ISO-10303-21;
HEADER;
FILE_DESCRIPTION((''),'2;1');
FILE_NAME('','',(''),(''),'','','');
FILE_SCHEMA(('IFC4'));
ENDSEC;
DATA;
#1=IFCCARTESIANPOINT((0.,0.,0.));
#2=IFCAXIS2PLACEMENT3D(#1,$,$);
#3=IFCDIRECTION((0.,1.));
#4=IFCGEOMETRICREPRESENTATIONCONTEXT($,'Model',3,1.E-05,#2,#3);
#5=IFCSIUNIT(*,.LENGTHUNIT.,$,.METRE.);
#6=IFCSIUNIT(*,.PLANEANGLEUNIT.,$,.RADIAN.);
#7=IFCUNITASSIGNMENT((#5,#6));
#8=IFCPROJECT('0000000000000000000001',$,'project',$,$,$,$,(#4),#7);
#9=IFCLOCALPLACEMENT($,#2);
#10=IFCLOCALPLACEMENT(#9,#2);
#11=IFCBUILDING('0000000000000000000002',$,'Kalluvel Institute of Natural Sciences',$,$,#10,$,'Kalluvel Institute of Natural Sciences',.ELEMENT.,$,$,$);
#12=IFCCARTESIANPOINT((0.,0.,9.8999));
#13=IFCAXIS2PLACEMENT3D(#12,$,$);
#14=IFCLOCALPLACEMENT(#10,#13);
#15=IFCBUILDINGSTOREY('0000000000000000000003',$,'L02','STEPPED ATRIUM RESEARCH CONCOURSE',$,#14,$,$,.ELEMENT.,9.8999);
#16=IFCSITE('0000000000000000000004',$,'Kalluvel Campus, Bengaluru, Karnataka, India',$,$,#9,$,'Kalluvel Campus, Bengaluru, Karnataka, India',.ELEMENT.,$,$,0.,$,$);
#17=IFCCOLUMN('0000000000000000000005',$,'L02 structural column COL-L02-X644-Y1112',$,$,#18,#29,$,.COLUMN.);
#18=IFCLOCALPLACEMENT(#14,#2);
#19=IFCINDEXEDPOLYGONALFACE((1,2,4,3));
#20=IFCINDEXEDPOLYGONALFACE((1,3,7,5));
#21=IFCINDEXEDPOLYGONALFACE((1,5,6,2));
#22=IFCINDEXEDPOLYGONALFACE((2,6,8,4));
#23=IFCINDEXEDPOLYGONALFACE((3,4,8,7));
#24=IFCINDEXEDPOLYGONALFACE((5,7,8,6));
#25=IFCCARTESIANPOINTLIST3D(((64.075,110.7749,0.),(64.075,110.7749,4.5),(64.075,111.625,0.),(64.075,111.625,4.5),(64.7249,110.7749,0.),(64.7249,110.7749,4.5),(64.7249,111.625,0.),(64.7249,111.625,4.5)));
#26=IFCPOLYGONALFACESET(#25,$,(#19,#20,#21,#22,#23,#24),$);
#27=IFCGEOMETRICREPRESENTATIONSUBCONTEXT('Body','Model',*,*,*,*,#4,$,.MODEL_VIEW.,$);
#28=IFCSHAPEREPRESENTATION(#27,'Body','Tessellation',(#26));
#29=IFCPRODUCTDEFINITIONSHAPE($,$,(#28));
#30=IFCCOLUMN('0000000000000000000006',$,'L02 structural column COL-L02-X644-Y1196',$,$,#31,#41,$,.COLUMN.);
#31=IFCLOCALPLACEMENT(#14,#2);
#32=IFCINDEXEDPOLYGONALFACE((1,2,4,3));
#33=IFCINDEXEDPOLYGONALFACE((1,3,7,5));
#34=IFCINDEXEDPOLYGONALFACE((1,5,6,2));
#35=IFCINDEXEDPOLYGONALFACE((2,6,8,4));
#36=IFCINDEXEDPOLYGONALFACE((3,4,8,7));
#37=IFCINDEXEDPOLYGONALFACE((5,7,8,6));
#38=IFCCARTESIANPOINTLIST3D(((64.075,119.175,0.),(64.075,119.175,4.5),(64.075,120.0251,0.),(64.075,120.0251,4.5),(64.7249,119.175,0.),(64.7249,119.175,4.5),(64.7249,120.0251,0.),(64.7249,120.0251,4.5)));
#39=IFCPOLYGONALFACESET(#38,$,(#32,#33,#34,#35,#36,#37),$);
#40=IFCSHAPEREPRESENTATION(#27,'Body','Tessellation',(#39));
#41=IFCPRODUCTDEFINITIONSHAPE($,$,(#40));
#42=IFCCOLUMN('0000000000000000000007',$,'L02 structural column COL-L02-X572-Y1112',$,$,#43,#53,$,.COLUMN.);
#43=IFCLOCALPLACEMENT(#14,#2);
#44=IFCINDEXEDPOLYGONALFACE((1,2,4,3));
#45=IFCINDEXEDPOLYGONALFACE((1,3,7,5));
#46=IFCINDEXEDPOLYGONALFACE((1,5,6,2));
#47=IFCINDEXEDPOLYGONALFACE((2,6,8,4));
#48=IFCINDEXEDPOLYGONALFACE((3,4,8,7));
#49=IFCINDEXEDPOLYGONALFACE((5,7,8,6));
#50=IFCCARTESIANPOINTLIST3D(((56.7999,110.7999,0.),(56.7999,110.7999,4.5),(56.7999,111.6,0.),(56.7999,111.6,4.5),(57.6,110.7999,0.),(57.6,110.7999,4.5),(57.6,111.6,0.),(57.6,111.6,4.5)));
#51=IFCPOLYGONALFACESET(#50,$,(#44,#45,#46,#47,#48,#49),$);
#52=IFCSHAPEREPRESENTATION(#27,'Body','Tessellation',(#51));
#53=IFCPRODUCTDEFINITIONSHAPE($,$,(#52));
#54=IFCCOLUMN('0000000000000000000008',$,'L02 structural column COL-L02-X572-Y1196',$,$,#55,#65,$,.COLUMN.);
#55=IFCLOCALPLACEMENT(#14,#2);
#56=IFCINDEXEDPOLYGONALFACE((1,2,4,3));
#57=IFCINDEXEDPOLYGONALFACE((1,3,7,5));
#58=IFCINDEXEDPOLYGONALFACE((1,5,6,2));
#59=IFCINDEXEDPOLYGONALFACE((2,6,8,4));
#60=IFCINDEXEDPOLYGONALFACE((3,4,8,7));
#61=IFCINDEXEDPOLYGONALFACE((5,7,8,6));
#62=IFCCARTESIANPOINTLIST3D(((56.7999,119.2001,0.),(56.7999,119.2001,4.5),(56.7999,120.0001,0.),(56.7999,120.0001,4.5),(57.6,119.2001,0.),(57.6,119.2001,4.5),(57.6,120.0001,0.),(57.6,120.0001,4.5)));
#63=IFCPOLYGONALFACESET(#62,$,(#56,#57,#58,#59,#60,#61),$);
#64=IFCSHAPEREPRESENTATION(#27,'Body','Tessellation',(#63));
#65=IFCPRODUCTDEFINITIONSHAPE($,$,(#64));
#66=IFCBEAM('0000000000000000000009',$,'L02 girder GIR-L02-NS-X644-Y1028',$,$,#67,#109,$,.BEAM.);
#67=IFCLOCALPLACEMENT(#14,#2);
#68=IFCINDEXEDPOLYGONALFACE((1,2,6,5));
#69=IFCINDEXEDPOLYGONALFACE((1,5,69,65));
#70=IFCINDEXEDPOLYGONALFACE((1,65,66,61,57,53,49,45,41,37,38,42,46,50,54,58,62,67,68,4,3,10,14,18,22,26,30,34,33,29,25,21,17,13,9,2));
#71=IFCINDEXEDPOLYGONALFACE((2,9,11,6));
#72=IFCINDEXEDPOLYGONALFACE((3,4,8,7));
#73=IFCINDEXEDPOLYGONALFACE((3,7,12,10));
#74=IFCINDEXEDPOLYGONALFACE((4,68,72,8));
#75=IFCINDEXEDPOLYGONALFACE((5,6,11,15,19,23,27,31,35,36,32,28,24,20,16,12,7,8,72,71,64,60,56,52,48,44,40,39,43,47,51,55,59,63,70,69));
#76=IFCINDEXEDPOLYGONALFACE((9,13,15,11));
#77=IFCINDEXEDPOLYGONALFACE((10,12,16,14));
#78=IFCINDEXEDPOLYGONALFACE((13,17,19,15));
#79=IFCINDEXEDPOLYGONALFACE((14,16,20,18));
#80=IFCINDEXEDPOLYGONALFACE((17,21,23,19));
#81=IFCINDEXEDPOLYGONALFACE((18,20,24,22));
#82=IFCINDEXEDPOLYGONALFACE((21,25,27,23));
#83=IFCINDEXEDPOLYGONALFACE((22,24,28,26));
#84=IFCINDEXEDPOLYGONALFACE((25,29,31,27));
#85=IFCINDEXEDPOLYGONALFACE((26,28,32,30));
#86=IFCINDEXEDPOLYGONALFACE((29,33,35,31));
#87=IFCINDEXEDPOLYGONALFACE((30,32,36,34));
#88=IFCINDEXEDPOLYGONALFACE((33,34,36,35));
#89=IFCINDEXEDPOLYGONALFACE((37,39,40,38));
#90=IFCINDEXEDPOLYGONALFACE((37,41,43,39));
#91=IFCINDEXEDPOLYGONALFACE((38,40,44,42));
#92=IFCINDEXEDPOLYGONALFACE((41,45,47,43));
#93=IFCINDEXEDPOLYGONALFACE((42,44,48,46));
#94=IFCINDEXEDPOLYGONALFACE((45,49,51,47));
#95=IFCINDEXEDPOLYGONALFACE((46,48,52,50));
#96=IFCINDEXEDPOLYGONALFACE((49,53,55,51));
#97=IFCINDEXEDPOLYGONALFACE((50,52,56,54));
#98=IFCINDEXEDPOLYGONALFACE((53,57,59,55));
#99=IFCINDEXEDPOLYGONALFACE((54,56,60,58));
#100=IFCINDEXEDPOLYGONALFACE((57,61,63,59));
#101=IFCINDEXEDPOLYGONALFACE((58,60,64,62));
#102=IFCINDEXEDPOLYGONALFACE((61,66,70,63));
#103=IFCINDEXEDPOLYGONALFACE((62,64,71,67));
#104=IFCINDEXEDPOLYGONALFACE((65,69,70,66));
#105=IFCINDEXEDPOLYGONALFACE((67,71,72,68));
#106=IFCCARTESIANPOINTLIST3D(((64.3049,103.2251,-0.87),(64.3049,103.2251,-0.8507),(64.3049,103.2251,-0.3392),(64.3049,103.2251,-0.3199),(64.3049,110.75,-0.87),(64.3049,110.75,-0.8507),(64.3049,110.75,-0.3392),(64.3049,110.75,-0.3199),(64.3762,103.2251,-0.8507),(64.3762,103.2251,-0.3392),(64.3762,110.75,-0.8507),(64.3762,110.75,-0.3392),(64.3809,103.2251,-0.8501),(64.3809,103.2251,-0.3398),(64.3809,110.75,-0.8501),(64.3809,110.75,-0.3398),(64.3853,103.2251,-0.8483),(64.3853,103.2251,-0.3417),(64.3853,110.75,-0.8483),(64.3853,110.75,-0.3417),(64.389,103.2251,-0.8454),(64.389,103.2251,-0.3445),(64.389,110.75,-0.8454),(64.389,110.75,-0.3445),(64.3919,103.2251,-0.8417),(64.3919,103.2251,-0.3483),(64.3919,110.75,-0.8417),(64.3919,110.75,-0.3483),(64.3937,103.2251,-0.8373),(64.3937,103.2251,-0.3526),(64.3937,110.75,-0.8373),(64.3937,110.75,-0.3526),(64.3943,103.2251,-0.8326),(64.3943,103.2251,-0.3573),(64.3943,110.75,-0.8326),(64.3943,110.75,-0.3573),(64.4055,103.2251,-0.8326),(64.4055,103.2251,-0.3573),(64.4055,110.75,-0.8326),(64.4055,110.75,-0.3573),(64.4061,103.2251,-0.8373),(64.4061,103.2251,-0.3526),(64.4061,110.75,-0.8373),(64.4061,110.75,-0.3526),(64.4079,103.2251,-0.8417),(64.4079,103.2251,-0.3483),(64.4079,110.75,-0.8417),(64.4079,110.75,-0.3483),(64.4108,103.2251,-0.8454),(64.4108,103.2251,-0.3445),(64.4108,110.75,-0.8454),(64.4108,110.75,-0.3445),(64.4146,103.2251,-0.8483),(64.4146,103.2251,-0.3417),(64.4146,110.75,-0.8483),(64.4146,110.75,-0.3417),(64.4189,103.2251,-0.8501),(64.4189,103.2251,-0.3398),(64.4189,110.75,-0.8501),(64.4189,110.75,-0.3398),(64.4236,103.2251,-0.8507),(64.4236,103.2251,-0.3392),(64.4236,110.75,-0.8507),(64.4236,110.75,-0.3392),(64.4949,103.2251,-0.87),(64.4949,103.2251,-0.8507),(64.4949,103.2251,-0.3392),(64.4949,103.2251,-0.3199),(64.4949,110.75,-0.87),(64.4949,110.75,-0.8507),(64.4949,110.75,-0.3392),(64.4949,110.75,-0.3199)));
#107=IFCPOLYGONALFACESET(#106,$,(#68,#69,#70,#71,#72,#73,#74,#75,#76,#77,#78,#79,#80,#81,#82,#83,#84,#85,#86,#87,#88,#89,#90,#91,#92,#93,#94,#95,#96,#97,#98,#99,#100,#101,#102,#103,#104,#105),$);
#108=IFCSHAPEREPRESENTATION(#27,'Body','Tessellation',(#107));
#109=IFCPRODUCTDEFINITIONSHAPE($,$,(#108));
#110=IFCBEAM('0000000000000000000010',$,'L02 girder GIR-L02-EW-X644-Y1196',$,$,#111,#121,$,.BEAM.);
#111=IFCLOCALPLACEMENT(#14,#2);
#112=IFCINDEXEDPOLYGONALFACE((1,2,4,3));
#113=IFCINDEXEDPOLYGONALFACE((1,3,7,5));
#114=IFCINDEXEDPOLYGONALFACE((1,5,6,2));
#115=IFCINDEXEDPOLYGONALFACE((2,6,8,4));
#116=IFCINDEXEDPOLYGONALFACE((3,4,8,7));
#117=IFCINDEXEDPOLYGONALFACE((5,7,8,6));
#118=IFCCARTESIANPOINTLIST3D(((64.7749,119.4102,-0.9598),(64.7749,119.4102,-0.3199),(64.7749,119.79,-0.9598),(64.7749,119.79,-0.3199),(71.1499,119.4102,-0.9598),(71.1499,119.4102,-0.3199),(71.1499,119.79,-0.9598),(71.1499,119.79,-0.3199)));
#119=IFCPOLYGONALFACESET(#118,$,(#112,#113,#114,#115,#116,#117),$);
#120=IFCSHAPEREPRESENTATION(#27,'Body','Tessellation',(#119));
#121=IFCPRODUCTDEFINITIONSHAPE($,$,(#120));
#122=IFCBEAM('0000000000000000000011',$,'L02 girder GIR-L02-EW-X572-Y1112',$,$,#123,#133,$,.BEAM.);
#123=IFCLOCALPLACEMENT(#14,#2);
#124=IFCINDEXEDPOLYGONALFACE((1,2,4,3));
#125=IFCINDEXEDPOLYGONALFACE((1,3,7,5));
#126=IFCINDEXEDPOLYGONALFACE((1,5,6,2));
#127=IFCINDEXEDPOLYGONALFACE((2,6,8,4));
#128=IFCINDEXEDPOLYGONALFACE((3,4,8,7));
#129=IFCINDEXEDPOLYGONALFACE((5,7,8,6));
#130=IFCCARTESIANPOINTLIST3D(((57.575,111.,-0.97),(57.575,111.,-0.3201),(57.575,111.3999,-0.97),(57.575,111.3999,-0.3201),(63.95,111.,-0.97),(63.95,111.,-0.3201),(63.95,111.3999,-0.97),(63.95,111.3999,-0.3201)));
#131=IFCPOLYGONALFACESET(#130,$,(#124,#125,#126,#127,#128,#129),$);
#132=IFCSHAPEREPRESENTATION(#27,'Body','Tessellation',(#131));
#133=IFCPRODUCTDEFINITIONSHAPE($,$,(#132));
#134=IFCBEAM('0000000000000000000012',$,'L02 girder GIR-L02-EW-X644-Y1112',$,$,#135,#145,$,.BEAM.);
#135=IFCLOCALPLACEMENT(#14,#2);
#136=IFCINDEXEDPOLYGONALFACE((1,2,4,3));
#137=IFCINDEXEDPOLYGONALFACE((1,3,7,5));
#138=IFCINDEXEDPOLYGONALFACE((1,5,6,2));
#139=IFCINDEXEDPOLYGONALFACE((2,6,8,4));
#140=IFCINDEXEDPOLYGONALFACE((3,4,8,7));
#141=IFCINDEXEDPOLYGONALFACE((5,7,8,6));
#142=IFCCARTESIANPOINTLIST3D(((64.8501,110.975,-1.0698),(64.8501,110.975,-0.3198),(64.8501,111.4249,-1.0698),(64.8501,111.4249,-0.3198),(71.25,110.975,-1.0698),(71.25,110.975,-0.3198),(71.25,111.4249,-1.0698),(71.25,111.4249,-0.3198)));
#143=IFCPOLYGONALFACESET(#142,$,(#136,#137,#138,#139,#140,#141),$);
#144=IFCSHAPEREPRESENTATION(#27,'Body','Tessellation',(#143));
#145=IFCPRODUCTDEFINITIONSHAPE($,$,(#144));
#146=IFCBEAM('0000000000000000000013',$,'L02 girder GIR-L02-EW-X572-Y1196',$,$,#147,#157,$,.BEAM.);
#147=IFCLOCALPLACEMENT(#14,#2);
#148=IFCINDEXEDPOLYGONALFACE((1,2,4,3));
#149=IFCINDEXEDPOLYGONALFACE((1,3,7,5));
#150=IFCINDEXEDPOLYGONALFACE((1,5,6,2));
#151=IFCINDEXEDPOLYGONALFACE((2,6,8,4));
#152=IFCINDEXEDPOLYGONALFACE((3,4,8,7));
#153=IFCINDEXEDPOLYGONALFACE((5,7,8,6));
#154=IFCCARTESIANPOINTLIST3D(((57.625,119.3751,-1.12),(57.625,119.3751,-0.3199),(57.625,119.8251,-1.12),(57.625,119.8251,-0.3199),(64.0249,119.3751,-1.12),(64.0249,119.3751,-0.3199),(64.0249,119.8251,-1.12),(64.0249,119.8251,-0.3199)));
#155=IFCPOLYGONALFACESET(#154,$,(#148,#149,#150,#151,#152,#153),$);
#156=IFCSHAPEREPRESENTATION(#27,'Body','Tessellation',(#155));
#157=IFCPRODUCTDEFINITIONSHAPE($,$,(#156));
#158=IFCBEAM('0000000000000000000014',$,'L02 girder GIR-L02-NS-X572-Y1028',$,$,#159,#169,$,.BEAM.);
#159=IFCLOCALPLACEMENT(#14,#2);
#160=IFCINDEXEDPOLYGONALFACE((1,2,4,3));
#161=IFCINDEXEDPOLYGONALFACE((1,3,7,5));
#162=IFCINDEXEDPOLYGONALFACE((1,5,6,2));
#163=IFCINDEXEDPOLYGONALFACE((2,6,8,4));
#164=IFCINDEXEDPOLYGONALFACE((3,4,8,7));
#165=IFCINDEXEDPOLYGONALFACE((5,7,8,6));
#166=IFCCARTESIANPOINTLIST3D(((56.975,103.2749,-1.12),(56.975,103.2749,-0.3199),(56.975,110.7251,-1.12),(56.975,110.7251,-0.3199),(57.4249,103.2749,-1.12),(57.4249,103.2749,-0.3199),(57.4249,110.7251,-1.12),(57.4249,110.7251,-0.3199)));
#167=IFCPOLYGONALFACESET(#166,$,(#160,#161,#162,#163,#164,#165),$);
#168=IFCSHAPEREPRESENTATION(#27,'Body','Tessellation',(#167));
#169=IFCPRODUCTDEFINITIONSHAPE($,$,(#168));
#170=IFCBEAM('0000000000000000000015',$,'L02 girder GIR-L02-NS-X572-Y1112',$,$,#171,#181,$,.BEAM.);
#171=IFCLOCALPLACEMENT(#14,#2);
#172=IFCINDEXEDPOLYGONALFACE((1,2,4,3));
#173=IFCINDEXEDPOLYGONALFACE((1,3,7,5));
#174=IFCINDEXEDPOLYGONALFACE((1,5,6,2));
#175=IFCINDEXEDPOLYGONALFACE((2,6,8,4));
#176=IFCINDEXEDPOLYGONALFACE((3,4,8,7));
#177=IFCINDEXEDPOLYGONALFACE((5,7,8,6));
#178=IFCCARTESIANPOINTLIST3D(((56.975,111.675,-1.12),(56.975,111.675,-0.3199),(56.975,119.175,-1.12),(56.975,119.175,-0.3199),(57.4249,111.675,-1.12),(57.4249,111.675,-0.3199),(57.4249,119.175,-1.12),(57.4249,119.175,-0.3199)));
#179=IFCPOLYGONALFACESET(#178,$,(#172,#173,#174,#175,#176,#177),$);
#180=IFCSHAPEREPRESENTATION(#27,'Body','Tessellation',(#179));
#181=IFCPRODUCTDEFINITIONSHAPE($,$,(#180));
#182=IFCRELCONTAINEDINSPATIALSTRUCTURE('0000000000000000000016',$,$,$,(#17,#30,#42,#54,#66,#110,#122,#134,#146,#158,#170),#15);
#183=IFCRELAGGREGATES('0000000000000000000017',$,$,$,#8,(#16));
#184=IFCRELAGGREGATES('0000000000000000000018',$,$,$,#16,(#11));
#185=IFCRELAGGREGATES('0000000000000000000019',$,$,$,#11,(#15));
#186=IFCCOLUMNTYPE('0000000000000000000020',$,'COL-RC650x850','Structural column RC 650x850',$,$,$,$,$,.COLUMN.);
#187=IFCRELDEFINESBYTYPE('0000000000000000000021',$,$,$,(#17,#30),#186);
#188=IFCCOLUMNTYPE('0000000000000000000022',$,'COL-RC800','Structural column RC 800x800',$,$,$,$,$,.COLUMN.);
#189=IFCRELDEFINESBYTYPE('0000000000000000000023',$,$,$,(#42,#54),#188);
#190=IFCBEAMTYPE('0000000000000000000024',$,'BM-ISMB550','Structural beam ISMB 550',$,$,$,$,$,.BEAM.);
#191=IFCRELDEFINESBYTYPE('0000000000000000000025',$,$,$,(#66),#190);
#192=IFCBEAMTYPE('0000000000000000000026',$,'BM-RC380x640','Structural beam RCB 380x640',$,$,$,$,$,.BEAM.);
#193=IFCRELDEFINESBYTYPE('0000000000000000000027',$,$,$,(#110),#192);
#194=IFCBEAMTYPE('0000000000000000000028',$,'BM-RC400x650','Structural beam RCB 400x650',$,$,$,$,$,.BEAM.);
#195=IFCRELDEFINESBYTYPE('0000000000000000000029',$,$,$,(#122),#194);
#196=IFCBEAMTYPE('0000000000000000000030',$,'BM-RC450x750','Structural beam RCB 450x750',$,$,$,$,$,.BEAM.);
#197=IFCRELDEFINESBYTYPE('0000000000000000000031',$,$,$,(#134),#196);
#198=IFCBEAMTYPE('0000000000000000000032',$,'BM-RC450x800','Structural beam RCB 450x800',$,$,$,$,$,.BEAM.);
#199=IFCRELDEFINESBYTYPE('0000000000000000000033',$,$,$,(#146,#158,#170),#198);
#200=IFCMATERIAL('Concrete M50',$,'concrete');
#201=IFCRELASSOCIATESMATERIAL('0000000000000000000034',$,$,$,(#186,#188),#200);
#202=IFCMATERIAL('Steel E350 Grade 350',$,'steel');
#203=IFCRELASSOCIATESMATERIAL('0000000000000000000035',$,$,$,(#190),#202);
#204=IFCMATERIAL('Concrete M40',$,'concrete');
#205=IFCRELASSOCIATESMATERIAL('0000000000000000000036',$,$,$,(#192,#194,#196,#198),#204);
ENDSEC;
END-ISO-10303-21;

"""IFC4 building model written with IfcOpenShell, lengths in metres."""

from ifc_helpers import new_model, si_unit, direction, frame, origin, origin_2d, place, context, subcontext, project, spatial, rectangle, i_section, extrude, material, material_profile, profile_set, type_object, element, save


model = new_model("IFC4")

# Units and contexts
model_context = context("Model", 3, precision=1e-05, world=origin(), true_north=direction((0.0, 1.0)))
body_context = subcontext(model_context, "Body", "Model", "MODEL_VIEW")
ifc_project = project(units=[si_unit("LENGTHUNIT", "METRE"), si_unit("PLANEANGLEUNIT", "RADIAN")], contexts=[model_context])

# Site, building, storey
site_placement = place(None, origin())
site = spatial("IfcSite", under=ifc_project, at=site_placement, Name="Kalluvel Campus, Bengaluru, Karnataka, India", LongName="Kalluvel Campus, Bengaluru, Karnataka, India", CompositionType="ELEMENT", RefElevation=0.0)
building_placement = place(site_placement, origin())
building = spatial("IfcBuilding", under=site, at=building_placement, Name="Kalluvel Institute of Natural Sciences", LongName="Kalluvel Institute of Natural Sciences", CompositionType="ELEMENT")
storey_placement = place(building_placement, frame((0.0, 0.0, 9.8999)))
storey = spatial("IfcBuildingStorey", under=building, at=storey_placement, Name="L02", Description="STEPPED ATRIUM RESEARCH CONCOURSE", CompositionType="ELEMENT", Elevation=9.8999)

# Columns
ifc_material_1 = material(Name="Concrete M50", Category="concrete")
ifc_material_profile_1 = material_profile(ifc_material_1, rectangle(XDim=0.6499, YDim=0.8501, at=origin_2d()), Name="RC 650x850")
ifc_profile_set_1 = profile_set([ifc_material_profile_1], Name="Concrete M50")
column_type_1 = type_object("IfcColumnType", Name="COL-RC650x850", Description="Structural column RC 650x850", PredefinedType="COLUMN", material=ifc_profile_set_1)
for number, where, z_axis, x_axis, name in (
    (1, (64.3999, 111.2, 0.0), (0.0, 0.0, 1.0), (1.0, 0.0, 0.0), "L02 structural column COL-L02-X644-Y1112"),
    (2, (64.3999, 119.6001, 0.0), (0.0, 0.0, 1.0), (1.0, 0.0, 0.0), "L02 structural column COL-L02-X644-Y1196"),
):
    element("IfcColumn", number, at=place(storey_placement, frame(where, z_axis=z_axis, x_axis=x_axis)), inside=storey, type_object=column_type_1, Name=name, PredefinedType="COLUMN", context=body_context, shape_type="SweptSolid", body=[
        extrude(rectangle(XDim=0.6499, YDim=0.8501, at=origin_2d()), origin(), (0.0, 0.0, 1.0), 4.5),
    ])
ifc_material_profile_2 = material_profile(ifc_material_1, rectangle(XDim=0.8, YDim=0.8, at=origin_2d()), Name="RC 800x800")
ifc_profile_set_2 = profile_set([ifc_material_profile_2], Name="Concrete M50")
column_type_2 = type_object("IfcColumnType", Name="COL-RC800", Description="Structural column RC 800x800", PredefinedType="COLUMN", material=ifc_profile_set_2)
for number, where, z_axis, x_axis, name in (
    (3, (57.2, 111.2, 0.0), (0.0, 0.0, 1.0), (1.0, 0.0, 0.0), "L02 structural column COL-L02-X572-Y1112"),
    (4, (57.2, 119.6001, 0.0), (0.0, 0.0, 1.0), (1.0, 0.0, 0.0), "L02 structural column COL-L02-X572-Y1196"),
):
    element("IfcColumn", number, at=place(storey_placement, frame(where, z_axis=z_axis, x_axis=x_axis)), inside=storey, type_object=column_type_2, Name=name, PredefinedType="COLUMN", context=body_context, shape_type="SweptSolid", body=[
        extrude(rectangle(XDim=0.8, YDim=0.8, at=origin_2d()), origin(), (0.0, 0.0, 1.0), 4.5),
    ])

# Beams
ifc_material_2 = material(Name="Steel E350 Grade 350", Category="steel")
ifc_material_profile_3 = material_profile(ifc_material_2, i_section(OverallWidth=0.1899, OverallDepth=0.55, WebThickness=0.0112, FlangeThickness=0.0193, FilletRadius=0.0181, at=origin_2d()), Name="ISMB 550")
ifc_profile_set_3 = profile_set([ifc_material_profile_3], Name="Steel E350 Grade 350")
beam_type_1 = type_object("IfcBeamType", Name="BM-ISMB550", Description="Structural beam ISMB 550", PredefinedType="BEAM", material=ifc_profile_set_3)
beam_1_placement = place(storey_placement, frame((64.3999, 103.2251, -0.595), z_axis=(0.0, 1.0, 0.0), x_axis=(-1.0, 0.0, 0.0)))
element("IfcBeam", 5, at=beam_1_placement, inside=storey, type_object=beam_type_1, Name="L02 girder GIR-L02-NS-X644-Y1028", PredefinedType="BEAM", context=body_context, shape_type="SweptSolid", body=[
    extrude(i_section(OverallWidth=0.1899, OverallDepth=0.55, WebThickness=0.0112, FlangeThickness=0.0193, FilletRadius=0.0181, at=origin_2d()), origin(), (0.0, 0.0, 1.0), 7.5249),
])
ifc_material_3 = material(Name="Concrete M40", Category="concrete")
ifc_material_profile_4 = material_profile(ifc_material_3, rectangle(XDim=0.3799, YDim=0.6399, at=origin_2d()), Name="RCB 380x640")
ifc_profile_set_4 = profile_set([ifc_material_profile_4], Name="Concrete M40")
beam_type_2 = type_object("IfcBeamType", Name="BM-RC380x640", Description="Structural beam RCB 380x640", PredefinedType="BEAM", material=ifc_profile_set_4)
beam_2_placement = place(storey_placement, frame((64.7749, 119.6001, -0.6399), z_axis=(1.0, 0.0, 0.0), x_axis=(0.0, 1.0, 0.0)))
element("IfcBeam", 6, at=beam_2_placement, inside=storey, type_object=beam_type_2, Name="L02 girder GIR-L02-EW-X644-Y1196", PredefinedType="BEAM", context=body_context, shape_type="SweptSolid", body=[
    extrude(rectangle(XDim=0.3799, YDim=0.6399, at=origin_2d()), origin(), (0.0, 0.0, 1.0), 6.375),
])
ifc_material_profile_5 = material_profile(ifc_material_3, rectangle(XDim=0.3999, YDim=0.6499, at=origin_2d()), Name="RCB 400x650")
ifc_profile_set_5 = profile_set([ifc_material_profile_5], Name="Concrete M40")
beam_type_3 = type_object("IfcBeamType", Name="BM-RC400x650", Description="Structural beam RCB 400x650", PredefinedType="BEAM", material=ifc_profile_set_5)
beam_3_placement = place(storey_placement, frame((57.575, 111.2, -0.645), z_axis=(1.0, 0.0, 0.0), x_axis=(0.0, 1.0, 0.0)))
element("IfcBeam", 7, at=beam_3_placement, inside=storey, type_object=beam_type_3, Name="L02 girder GIR-L02-EW-X572-Y1112", PredefinedType="BEAM", context=body_context, shape_type="SweptSolid", body=[
    extrude(rectangle(XDim=0.3999, YDim=0.6499, at=origin_2d()), origin(), (0.0, 0.0, 1.0), 6.375),
])
ifc_material_profile_6 = material_profile(ifc_material_3, rectangle(XDim=0.45, YDim=0.75, at=origin_2d()), Name="RCB 450x750")
ifc_profile_set_6 = profile_set([ifc_material_profile_6], Name="Concrete M40")
beam_type_4 = type_object("IfcBeamType", Name="BM-RC450x750", Description="Structural beam RCB 450x750", PredefinedType="BEAM", material=ifc_profile_set_6)
beam_4_placement = place(storey_placement, frame((64.8501, 111.2, -0.6948), z_axis=(1.0, 0.0, 0.0), x_axis=(0.0, 1.0, 0.0)))
element("IfcBeam", 8, at=beam_4_placement, inside=storey, type_object=beam_type_4, Name="L02 girder GIR-L02-EW-X644-Y1112", PredefinedType="BEAM", context=body_context, shape_type="SweptSolid", body=[
    extrude(rectangle(XDim=0.45, YDim=0.75, at=origin_2d()), origin(), (0.0, 0.0, 1.0), 6.3999),
])
ifc_material_profile_7 = material_profile(ifc_material_3, rectangle(XDim=0.45, YDim=0.8, at=origin_2d()), Name="RCB 450x800")
ifc_profile_set_7 = profile_set([ifc_material_profile_7], Name="Concrete M40")
beam_type_5 = type_object("IfcBeamType", Name="BM-RC450x800", Description="Structural beam RCB 450x800", PredefinedType="BEAM", material=ifc_profile_set_7)
beam_5_placement = place(storey_placement, frame((57.625, 119.6001, -0.72), z_axis=(1.0, 0.0, 0.0), x_axis=(0.0, 1.0, 0.0)))
element("IfcBeam", 9, at=beam_5_placement, inside=storey, type_object=beam_type_5, Name="L02 girder GIR-L02-EW-X572-Y1196", PredefinedType="BEAM", context=body_context, shape_type="SweptSolid", body=[
    extrude(rectangle(XDim=0.45, YDim=0.8, at=origin_2d()), origin(), (0.0, 0.0, 1.0), 6.3999),
])
beam_6_placement = place(storey_placement, frame((57.2, 103.2749, -0.72), z_axis=(0.0, 1.0, 0.0), x_axis=(-1.0, 0.0, 0.0)))
element("IfcBeam", 10, at=beam_6_placement, inside=storey, type_object=beam_type_5, Name="L02 girder GIR-L02-NS-X572-Y1028", PredefinedType="BEAM", context=body_context, shape_type="SweptSolid", body=[
    extrude(rectangle(XDim=0.45, YDim=0.8, at=origin_2d()), origin(), (0.0, 0.0, 1.0), 7.4502),
])
beam_7_placement = place(storey_placement, frame((57.2, 111.675, -0.72), z_axis=(0.0, 1.0, 0.0), x_axis=(-1.0, 0.0, 0.0)))
element("IfcBeam", 11, at=beam_7_placement, inside=storey, type_object=beam_type_5, Name="L02 girder GIR-L02-NS-X572-Y1112", PredefinedType="BEAM", context=body_context, shape_type="SweptSolid", body=[
    extrude(rectangle(XDim=0.45, YDim=0.8, at=origin_2d()), origin(), (0.0, 0.0, 1.0), 7.5),
])

save(model, "model.ifc")
